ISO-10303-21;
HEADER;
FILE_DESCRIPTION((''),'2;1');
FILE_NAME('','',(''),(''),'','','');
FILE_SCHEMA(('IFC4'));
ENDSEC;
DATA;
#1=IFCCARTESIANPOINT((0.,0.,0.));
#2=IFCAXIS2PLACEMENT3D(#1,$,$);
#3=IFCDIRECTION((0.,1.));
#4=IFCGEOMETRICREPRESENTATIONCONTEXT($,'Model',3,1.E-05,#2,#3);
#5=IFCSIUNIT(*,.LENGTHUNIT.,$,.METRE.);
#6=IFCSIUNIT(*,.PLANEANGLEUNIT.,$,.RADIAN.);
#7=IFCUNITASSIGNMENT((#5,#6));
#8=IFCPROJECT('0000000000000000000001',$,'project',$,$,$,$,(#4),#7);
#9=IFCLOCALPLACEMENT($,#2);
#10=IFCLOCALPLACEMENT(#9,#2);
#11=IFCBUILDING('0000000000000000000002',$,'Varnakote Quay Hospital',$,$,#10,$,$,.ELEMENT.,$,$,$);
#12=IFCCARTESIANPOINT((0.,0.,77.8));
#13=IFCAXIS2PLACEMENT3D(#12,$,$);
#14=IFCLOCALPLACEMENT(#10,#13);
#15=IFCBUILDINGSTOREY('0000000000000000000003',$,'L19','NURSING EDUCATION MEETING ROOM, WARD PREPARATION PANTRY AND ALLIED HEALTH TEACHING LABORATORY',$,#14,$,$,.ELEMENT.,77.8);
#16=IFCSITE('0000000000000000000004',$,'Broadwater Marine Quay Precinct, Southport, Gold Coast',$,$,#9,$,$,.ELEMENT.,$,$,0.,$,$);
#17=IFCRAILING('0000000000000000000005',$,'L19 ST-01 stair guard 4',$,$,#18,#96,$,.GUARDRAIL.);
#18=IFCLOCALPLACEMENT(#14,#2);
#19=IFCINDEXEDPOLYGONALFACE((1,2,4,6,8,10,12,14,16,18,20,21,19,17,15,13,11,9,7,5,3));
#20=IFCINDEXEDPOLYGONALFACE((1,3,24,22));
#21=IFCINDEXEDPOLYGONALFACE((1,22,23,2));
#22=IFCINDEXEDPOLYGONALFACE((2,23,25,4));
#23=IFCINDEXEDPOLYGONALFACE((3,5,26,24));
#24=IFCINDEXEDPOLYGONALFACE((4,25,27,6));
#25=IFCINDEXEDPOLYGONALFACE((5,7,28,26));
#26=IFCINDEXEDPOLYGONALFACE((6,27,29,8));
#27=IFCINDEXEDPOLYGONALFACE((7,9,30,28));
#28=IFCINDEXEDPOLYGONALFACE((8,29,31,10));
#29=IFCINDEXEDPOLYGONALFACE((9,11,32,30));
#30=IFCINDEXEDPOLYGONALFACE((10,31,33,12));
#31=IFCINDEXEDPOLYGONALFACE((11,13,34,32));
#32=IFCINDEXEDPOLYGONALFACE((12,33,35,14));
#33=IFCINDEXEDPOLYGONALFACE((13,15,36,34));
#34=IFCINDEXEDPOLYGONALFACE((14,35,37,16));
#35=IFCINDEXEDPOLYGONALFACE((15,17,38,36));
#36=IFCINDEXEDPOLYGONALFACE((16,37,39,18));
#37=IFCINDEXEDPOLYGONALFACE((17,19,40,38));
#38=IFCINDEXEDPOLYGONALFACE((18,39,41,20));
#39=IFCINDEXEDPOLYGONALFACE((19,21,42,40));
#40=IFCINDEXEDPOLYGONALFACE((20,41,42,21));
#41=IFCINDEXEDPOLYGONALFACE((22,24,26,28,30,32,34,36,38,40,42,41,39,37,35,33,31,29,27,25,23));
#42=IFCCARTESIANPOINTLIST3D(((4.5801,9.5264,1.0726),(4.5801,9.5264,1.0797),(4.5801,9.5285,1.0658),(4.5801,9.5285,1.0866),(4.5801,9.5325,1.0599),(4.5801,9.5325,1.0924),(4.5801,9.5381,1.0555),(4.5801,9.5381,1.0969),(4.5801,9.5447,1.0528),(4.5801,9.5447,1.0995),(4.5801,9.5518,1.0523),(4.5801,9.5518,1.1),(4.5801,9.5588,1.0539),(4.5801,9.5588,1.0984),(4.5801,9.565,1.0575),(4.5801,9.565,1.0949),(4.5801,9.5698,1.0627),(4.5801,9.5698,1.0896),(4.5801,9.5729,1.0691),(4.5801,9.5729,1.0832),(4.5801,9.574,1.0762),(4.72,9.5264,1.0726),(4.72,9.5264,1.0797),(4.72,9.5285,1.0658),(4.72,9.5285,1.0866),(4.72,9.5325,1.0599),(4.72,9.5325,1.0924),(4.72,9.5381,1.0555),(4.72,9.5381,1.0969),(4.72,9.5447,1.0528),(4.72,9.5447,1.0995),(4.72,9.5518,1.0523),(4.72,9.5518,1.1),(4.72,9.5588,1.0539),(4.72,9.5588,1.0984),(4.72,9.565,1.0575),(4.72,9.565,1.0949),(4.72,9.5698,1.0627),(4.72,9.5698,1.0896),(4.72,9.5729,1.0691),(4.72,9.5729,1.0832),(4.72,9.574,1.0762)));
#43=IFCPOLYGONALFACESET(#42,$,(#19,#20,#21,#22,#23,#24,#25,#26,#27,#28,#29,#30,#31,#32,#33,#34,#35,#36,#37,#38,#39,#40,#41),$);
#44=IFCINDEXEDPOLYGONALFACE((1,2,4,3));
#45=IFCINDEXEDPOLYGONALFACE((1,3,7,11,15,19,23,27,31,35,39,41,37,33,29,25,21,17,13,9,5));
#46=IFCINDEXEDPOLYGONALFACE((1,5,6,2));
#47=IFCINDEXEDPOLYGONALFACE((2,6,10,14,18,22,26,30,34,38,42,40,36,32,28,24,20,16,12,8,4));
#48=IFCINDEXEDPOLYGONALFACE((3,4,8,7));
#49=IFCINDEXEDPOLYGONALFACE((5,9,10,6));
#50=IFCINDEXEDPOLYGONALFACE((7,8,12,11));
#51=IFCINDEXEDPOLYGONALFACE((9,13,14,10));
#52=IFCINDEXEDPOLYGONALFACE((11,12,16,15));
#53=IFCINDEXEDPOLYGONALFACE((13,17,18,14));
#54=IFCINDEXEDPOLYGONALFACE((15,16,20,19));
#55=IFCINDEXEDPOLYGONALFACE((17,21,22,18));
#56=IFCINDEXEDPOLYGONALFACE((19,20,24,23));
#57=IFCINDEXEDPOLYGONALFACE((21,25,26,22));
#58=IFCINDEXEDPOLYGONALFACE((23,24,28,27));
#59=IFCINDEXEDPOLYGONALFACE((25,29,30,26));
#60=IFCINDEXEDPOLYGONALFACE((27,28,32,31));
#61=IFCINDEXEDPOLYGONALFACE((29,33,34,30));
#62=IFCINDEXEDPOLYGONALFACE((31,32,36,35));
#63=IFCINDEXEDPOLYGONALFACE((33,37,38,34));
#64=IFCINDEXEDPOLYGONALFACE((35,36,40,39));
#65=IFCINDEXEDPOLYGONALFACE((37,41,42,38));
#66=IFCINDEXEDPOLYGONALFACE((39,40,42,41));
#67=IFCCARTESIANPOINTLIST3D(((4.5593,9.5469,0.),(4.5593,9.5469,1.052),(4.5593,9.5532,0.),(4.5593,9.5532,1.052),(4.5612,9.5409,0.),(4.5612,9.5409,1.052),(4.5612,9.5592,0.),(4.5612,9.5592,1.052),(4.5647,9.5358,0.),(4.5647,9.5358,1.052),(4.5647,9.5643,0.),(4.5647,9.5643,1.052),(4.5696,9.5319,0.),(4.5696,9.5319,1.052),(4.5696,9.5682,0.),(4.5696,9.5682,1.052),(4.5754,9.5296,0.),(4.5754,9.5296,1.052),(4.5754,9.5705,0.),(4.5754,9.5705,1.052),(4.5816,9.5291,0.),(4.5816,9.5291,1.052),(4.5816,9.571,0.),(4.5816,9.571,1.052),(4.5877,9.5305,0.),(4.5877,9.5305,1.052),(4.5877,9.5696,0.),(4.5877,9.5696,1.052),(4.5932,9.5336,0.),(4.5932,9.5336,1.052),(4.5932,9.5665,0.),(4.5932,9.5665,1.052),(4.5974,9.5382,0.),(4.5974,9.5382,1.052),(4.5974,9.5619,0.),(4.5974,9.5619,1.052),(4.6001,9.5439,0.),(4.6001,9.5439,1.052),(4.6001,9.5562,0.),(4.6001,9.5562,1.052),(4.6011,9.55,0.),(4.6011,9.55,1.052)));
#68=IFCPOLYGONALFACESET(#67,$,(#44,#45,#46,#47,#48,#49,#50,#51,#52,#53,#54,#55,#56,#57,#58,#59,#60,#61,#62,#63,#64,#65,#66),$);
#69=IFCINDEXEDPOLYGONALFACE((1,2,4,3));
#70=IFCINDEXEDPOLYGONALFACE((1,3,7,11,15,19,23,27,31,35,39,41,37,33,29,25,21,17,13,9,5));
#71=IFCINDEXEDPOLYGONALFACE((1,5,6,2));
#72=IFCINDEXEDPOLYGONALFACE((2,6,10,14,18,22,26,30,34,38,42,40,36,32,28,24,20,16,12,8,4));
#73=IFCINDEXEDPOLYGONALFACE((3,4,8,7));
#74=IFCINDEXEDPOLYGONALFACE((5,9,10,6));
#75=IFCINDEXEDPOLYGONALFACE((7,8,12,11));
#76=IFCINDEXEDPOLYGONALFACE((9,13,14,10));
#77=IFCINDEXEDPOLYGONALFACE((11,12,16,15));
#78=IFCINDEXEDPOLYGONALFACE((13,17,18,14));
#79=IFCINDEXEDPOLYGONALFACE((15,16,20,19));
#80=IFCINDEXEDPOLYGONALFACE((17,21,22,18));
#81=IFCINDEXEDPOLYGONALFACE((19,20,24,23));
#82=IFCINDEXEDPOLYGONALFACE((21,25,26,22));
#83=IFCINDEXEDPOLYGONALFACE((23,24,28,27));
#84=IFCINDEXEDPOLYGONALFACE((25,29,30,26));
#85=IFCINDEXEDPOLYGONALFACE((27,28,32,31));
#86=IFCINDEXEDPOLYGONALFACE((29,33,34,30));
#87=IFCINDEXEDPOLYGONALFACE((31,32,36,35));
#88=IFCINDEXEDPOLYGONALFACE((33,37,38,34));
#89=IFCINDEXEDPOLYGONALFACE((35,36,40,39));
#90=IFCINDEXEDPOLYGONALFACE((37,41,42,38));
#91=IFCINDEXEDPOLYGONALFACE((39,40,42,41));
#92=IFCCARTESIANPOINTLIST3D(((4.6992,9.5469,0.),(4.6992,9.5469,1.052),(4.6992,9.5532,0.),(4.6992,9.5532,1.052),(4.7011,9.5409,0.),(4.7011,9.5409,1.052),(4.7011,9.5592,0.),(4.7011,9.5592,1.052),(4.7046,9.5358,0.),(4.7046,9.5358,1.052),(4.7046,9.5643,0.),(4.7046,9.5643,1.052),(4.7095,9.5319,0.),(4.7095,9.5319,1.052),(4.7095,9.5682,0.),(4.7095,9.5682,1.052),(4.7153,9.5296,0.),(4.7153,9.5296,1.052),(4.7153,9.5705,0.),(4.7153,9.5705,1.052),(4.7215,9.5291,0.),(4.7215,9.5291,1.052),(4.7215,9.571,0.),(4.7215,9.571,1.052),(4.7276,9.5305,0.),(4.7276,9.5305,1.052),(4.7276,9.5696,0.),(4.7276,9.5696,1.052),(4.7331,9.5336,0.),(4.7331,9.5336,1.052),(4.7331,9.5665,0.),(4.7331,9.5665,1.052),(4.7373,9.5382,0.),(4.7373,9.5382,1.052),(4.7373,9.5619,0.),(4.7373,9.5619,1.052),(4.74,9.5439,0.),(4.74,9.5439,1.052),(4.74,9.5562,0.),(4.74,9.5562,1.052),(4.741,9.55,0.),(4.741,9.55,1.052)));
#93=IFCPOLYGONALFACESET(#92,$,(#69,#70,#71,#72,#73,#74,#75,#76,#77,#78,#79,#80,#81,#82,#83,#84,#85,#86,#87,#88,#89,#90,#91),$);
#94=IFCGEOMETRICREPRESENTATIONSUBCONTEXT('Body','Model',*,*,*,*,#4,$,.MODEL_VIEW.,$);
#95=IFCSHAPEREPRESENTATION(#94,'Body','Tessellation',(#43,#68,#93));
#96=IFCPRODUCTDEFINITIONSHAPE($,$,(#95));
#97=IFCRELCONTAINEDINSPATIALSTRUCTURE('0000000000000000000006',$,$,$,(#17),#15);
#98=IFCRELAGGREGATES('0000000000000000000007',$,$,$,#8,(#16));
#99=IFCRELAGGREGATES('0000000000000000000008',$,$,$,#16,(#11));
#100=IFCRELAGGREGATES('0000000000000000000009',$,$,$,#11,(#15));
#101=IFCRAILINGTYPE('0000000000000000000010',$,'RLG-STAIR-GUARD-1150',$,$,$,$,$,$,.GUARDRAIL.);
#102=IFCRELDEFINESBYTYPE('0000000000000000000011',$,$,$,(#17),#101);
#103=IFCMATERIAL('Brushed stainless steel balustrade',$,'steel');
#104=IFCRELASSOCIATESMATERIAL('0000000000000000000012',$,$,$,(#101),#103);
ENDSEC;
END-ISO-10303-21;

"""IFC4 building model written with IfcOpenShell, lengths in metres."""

from ifc_helpers import new_model, si_unit, direction, frame, origin, origin_2d, place, context, subcontext, project, spatial, circle, extrude, material, type_object, element, save


model = new_model("IFC4")

# Units and contexts
model_context = context("Model", 3, precision=1e-05, world=origin(), true_north=direction((0.0, 1.0)))
body_context = subcontext(model_context, "Body", "Model", "MODEL_VIEW")
ifc_project = project(units=[si_unit("LENGTHUNIT", "METRE"), si_unit("PLANEANGLEUNIT", "RADIAN")], contexts=[model_context])

# Site, building, storey
site_placement = place(None, origin())
site = spatial("IfcSite", under=ifc_project, at=site_placement, Name="Broadwater Marine Quay Precinct, Southport, Gold Coast", CompositionType="ELEMENT", RefElevation=0.0)
building_placement = place(site_placement, origin())
building = spatial("IfcBuilding", under=site, at=building_placement, Name="Varnakote Quay Hospital", CompositionType="ELEMENT")
storey_placement = place(building_placement, frame((0.0, 0.0, 77.8)))
storey = spatial("IfcBuildingStorey", under=building, at=storey_placement, Name="L19", Description="NURSING EDUCATION MEETING ROOM, WARD PREPARATION PANTRY AND ALLIED HEALTH TEACHING LABORATORY", CompositionType="ELEMENT", Elevation=77.8)

# Railing
ifc_material_1 = material(Name="Brushed stainless steel balustrade", Category="steel")
railing_type_1 = type_object("IfcRailingType", Name="RLG-STAIR-GUARD-1150", PredefinedType="GUARDRAIL", material=ifc_material_1)
railing_1_placement = place(storey_placement, frame((4.5801, 9.55, 0.0)))
element("IfcRailing", 1, at=railing_1_placement, inside=storey, type_object=railing_type_1, Name="L19 ST-01 stair guard 4", PredefinedType="GUARDRAIL", context=body_context, shape_type="SweptSolid", body=[
    extrude(circle(Radius=0.0239, at=origin_2d()), frame((0.0, 0.0, 1.0762), z_axis=(1.0, 0.0, 0.0), x_axis=(0.0, 1.0, 0.0)), (0.0, 0.0, 1.0), 0.1399),
    extrude(circle(Radius=0.021, at=origin_2d()), origin(), (0.0, 0.0, 1.0), 1.052),
    extrude(circle(Radius=0.021, at=origin_2d()), frame((0.1399, 0.0, 0.0)), (0.0, 0.0, 1.0), 1.052),
])

save(model, "model.ifc")
